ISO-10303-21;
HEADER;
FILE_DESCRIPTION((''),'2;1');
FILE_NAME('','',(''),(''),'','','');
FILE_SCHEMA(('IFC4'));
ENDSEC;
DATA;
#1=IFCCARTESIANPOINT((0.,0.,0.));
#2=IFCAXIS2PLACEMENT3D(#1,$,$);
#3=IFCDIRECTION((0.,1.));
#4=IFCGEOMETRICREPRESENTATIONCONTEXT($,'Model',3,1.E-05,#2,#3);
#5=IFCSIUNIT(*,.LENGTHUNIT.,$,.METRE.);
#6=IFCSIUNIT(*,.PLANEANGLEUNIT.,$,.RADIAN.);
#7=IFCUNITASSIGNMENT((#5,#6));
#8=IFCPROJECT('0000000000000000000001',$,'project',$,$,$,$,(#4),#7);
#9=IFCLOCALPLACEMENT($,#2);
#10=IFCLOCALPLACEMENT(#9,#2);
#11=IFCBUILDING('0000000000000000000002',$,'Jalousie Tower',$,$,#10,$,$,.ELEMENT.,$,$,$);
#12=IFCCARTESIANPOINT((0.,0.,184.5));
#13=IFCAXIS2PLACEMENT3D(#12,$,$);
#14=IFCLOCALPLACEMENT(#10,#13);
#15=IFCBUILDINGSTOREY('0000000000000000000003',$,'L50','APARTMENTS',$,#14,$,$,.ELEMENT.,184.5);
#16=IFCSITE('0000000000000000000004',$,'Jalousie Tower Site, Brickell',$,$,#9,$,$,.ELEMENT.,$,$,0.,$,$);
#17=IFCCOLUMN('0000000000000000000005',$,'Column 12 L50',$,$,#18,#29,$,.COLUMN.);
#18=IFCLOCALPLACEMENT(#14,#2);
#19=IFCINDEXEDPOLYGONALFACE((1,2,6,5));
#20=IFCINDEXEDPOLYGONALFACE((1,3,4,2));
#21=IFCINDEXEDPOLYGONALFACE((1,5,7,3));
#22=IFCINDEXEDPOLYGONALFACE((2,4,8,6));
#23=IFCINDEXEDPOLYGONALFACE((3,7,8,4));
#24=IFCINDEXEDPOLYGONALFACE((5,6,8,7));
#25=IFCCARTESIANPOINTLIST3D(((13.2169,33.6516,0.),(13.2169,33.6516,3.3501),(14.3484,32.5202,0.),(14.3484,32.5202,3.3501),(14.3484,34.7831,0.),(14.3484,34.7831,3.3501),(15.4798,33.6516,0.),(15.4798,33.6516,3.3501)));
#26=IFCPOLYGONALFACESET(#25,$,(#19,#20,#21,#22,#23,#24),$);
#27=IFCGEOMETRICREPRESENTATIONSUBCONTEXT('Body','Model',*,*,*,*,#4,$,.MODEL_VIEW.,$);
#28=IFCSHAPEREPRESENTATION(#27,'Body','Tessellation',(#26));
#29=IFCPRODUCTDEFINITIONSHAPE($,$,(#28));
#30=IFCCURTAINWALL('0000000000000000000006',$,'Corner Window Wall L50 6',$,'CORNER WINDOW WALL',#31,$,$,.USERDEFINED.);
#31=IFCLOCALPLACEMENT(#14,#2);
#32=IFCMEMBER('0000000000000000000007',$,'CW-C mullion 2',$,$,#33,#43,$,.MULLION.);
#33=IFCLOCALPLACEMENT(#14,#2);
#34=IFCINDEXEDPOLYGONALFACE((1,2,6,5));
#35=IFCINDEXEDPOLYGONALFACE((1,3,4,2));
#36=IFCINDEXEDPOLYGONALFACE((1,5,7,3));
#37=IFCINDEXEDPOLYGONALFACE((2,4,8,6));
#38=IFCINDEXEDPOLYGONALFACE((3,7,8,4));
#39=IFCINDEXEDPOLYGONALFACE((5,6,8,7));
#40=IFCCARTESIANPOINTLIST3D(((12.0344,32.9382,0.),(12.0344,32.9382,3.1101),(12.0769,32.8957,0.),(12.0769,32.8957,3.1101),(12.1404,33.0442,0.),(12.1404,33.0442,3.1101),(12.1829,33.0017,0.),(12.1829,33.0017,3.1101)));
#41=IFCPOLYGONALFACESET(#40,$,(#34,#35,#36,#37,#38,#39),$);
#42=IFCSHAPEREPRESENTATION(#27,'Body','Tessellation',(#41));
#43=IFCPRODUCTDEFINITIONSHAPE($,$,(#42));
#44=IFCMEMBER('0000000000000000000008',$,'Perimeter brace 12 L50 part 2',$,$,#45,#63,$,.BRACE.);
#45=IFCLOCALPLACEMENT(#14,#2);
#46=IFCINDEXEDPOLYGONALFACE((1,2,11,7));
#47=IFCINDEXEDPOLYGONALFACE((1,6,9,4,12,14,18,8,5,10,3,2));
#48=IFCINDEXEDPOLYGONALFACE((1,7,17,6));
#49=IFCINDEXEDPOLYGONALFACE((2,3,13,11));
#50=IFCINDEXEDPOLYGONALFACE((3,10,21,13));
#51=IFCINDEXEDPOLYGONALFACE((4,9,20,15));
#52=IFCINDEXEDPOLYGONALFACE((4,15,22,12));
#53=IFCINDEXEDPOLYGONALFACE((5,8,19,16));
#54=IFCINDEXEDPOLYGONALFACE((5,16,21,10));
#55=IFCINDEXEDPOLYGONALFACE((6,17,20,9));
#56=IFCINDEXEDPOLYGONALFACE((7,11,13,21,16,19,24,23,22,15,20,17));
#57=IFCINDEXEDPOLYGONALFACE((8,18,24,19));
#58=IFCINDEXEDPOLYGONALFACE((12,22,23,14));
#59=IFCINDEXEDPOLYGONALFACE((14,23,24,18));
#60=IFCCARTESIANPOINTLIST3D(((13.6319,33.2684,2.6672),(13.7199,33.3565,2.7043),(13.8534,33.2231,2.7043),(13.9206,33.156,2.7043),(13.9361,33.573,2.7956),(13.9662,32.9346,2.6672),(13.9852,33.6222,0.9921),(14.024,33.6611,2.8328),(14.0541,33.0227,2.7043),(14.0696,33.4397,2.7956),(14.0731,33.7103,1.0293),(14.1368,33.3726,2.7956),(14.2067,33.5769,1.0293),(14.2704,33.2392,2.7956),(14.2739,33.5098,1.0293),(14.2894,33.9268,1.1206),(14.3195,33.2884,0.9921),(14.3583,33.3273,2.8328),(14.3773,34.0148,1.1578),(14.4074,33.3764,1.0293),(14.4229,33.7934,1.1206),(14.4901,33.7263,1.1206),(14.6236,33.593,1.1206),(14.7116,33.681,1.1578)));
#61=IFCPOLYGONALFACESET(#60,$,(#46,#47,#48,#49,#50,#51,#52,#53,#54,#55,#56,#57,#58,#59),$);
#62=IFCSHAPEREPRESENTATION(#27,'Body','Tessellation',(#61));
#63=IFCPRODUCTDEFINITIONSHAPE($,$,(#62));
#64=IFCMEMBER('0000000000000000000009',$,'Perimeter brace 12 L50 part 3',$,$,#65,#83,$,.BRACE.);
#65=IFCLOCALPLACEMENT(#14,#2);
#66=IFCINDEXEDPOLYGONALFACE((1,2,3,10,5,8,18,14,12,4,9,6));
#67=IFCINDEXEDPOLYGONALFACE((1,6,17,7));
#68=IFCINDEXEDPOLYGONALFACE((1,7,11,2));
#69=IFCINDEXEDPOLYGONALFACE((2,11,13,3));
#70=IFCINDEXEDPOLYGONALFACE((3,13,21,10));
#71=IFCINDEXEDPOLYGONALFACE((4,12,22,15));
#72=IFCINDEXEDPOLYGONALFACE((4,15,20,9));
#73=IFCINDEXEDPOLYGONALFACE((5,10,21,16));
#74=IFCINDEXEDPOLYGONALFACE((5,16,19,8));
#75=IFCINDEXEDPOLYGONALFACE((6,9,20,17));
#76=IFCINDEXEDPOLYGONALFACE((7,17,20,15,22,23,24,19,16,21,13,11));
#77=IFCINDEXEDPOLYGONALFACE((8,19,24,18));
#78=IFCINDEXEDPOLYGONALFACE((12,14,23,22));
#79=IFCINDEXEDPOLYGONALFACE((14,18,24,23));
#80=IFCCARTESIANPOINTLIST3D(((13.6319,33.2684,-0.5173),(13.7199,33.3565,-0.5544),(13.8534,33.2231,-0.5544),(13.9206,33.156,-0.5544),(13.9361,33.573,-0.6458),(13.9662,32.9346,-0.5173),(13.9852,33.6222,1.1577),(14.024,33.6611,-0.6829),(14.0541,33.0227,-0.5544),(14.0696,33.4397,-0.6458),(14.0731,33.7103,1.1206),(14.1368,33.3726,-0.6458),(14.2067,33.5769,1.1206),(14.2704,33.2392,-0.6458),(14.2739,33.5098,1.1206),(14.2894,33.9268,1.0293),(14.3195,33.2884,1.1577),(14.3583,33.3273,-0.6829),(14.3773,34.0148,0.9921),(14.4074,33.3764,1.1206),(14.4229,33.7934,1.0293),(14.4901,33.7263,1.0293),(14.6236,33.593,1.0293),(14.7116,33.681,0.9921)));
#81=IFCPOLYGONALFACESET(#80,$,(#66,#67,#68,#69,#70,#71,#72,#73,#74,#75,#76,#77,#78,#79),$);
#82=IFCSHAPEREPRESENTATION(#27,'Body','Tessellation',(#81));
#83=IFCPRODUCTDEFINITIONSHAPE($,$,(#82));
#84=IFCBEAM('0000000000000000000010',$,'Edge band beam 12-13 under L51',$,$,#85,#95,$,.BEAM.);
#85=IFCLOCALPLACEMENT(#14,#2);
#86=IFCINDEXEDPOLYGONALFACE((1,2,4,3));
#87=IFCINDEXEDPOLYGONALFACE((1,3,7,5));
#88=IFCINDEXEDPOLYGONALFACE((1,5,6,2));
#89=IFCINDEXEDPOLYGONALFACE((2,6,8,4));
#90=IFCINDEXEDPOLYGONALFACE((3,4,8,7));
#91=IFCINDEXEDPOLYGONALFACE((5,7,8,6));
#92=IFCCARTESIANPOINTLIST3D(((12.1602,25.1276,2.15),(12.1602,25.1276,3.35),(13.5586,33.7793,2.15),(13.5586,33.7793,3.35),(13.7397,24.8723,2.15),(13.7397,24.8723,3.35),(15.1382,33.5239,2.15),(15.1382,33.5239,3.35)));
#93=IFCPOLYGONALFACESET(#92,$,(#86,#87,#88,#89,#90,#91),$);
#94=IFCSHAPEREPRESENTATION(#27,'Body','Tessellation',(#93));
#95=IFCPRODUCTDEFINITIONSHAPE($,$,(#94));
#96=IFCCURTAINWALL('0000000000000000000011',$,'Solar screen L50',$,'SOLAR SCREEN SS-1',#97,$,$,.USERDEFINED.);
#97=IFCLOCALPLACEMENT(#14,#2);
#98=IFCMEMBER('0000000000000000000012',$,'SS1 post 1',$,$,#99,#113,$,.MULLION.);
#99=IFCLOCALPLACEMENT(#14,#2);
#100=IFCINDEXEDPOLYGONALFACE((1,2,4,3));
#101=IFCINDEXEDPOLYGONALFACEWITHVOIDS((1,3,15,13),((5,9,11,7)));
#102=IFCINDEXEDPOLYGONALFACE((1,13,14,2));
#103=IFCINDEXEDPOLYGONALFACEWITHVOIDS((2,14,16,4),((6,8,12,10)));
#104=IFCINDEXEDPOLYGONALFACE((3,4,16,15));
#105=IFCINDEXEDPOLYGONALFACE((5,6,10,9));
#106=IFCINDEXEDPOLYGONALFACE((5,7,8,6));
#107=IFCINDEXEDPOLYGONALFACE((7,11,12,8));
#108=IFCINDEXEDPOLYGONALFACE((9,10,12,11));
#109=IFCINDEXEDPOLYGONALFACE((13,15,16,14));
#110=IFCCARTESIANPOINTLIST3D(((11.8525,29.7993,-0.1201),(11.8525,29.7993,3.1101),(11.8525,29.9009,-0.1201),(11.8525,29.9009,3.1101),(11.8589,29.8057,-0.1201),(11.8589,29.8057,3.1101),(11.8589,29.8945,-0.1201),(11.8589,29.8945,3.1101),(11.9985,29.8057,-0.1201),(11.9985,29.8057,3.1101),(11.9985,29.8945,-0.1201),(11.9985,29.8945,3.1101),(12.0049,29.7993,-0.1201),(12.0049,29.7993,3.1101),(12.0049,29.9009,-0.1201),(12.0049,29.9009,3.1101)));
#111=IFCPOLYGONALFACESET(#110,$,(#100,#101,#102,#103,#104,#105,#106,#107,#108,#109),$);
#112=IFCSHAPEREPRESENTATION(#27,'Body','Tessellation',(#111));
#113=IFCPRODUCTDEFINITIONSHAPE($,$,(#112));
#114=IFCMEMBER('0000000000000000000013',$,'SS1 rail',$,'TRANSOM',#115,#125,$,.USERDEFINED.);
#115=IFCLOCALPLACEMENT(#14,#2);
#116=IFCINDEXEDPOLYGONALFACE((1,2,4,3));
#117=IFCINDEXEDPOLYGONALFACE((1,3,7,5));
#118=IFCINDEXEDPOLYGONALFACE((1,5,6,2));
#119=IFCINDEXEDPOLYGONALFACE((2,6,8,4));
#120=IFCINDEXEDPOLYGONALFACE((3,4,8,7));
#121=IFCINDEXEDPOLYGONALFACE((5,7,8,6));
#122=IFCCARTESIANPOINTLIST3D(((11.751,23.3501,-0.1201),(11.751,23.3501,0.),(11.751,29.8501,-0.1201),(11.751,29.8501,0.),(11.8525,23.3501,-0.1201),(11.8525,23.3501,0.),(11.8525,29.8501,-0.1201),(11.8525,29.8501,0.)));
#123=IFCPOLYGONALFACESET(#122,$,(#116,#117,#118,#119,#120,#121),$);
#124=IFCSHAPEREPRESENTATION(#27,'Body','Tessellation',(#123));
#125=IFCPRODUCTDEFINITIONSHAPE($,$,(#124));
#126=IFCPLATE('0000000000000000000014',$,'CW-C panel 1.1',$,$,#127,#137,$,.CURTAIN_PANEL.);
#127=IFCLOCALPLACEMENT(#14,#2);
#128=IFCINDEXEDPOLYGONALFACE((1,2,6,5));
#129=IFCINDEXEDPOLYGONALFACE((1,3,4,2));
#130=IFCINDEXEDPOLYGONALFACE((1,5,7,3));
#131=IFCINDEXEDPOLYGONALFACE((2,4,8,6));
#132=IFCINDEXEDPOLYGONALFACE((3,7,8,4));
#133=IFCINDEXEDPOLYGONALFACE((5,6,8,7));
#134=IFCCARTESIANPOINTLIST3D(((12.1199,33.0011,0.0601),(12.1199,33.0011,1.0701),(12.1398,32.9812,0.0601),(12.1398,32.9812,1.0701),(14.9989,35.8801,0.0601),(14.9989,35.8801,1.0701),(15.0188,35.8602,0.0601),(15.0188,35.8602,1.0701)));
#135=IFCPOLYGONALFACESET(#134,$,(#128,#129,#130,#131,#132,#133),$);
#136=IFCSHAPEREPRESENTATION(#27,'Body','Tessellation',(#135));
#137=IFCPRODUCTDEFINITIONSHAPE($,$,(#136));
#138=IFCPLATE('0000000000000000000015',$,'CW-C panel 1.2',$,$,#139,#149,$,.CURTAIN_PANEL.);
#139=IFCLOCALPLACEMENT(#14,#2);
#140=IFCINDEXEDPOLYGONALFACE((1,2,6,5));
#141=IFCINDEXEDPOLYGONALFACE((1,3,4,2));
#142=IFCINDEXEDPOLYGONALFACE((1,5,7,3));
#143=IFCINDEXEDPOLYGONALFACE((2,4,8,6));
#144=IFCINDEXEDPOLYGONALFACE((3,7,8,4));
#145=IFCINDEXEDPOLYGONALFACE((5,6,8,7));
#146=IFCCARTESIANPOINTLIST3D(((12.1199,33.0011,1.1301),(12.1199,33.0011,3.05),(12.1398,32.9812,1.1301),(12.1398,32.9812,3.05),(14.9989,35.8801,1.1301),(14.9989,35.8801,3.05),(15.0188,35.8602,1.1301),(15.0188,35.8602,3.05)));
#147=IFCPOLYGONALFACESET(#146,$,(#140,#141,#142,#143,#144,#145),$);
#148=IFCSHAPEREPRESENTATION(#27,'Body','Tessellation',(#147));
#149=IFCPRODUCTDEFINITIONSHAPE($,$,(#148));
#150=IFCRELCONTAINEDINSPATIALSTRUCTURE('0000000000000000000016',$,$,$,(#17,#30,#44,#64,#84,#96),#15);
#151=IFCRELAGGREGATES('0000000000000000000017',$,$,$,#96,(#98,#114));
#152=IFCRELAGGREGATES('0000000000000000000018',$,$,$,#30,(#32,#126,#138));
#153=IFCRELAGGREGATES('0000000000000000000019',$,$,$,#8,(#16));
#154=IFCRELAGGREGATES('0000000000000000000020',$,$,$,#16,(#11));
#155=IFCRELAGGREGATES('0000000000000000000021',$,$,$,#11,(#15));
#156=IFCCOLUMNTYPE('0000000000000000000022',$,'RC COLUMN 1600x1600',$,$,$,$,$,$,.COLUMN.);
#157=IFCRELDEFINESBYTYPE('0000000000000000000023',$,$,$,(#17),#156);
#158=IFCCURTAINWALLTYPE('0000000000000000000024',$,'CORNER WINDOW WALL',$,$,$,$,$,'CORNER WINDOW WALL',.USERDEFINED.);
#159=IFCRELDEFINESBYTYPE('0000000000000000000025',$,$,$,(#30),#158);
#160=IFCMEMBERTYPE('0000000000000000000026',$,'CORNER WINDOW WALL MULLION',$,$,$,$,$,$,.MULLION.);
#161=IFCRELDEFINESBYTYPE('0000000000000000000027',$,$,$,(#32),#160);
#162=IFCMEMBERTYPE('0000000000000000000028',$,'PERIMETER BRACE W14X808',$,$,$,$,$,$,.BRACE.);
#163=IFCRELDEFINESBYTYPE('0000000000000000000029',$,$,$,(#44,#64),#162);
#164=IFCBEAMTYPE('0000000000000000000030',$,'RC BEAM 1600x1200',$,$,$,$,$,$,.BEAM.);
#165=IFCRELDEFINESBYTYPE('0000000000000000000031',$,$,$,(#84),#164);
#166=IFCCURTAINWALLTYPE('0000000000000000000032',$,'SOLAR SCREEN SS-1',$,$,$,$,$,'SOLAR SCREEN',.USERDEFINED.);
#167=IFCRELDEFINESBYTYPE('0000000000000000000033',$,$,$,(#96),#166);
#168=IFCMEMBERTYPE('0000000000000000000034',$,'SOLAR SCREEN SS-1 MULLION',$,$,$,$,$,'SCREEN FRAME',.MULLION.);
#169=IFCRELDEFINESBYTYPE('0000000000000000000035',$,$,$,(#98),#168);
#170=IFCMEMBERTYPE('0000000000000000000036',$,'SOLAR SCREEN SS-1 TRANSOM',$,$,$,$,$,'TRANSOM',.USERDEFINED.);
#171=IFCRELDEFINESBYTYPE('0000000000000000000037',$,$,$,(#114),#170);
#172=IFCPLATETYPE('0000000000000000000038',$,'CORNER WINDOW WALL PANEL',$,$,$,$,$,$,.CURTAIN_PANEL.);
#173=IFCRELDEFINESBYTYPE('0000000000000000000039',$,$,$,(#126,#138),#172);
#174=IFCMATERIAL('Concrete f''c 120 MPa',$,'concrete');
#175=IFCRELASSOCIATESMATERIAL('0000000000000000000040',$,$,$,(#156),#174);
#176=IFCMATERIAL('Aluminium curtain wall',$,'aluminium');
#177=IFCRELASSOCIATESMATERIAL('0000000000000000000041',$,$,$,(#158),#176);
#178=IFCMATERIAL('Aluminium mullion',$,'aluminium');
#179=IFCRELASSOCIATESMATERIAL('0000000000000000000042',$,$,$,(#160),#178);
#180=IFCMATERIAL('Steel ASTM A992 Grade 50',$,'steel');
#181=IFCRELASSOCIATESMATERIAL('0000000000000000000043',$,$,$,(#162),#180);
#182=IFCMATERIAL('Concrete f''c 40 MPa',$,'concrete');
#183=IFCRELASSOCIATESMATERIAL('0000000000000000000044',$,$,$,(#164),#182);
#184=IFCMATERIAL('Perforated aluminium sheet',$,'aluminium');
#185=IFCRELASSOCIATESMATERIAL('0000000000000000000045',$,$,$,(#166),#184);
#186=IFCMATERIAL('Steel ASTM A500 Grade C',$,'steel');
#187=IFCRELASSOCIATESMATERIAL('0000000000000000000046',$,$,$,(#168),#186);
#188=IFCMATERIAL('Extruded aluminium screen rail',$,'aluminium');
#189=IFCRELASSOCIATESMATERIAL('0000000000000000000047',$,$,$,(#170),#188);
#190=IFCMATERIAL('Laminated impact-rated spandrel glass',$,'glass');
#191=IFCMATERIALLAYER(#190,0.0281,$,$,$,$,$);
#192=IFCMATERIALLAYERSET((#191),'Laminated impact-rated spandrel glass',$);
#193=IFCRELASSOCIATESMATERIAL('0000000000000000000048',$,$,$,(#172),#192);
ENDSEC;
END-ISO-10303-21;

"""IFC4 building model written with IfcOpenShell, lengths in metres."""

from ifc_helpers import new_model, si_unit, direction, frame, origin, origin_2d, place, context, subcontext, project, spatial, rectangle, hollow_rectangle, i_section, extrude, material, layer, layer_set, material_profile, profile_set, type_object, element, aggregate, save


model = new_model("IFC4")

# Units and contexts
model_context = context("Model", 3, precision=1e-05, world=origin(), true_north=direction((0.0, 1.0)))
body_context = subcontext(model_context, "Body", "Model", "MODEL_VIEW")
ifc_project = project(units=[si_unit("LENGTHUNIT", "METRE"), si_unit("PLANEANGLEUNIT", "RADIAN")], contexts=[model_context])

# Site, building, storey
site_placement = place(None, origin())
site = spatial("IfcSite", under=ifc_project, at=site_placement, Name="Jalousie Tower Site, Brickell", CompositionType="ELEMENT", RefElevation=0.0)
building_placement = place(site_placement, origin())
building = spatial("IfcBuilding", under=site, at=building_placement, Name="Jalousie Tower", CompositionType="ELEMENT")
storey_placement = place(building_placement, frame((0.0, 0.0, 184.5)))
storey = spatial("IfcBuildingStorey", under=building, at=storey_placement, Name="L50", Description="APARTMENTS", CompositionType="ELEMENT", Elevation=184.5)

# Column
ifc_material_1 = material(Name="Concrete f'c 120 MPa", Category="concrete")
ifc_material_profile_1 = material_profile(ifc_material_1, rectangle(XDim=1.6001, YDim=1.6001, at=origin_2d()), Name="RC 1600x1600")
ifc_profile_set_1 = profile_set([ifc_material_profile_1], Name="Concrete f'c 120 MPa")
column_type = type_object("IfcColumnType", Name="RC COLUMN 1600x1600", PredefinedType="COLUMN", material=ifc_profile_set_1)
column_placement = place(storey_placement, frame((14.3484, 33.6516, 0.0), z_axis=(0.0, 0.0, 1.0), x_axis=(0.707107, 0.707107, 0.0)))
element("IfcColumn", 1, at=column_placement, inside=storey, type_object=column_type, Name="Column 12 L50", PredefinedType="COLUMN", context=body_context, shape_type="SweptSolid", body=[
    extrude(rectangle(XDim=1.6001, YDim=1.6001, at=origin_2d()), origin(), (0.0, 0.0, 1.0), 3.3501),
])

# Curtain wall, member
ifc_material_2 = material(Name="Aluminium curtain wall", Category="aluminium")
curtain_wall_type_1 = type_object("IfcCurtainWallType", Name="CORNER WINDOW WALL", ElementType="CORNER WINDOW WALL", PredefinedType="USERDEFINED", material=ifc_material_2)
curtain_wall_1_placement = place(storey_placement, origin())
curtain_wall_1 = element("IfcCurtainWall", 2, at=curtain_wall_1_placement, inside=storey, type_object=curtain_wall_type_1, Name="Corner Window Wall L50 6", ObjectType="CORNER WINDOW WALL", PredefinedType="USERDEFINED")
ifc_material_3 = material(Name="Aluminium mullion", Category="aluminium")
ifc_material_profile_2 = material_profile(ifc_material_3, rectangle(XDim=0.0601, YDim=0.1499, at=origin_2d()), Name="MULLION 60x150")
ifc_profile_set_2 = profile_set([ifc_material_profile_2], Name="Aluminium mullion")
member_type_1 = type_object("IfcMemberType", Name="CORNER WINDOW WALL MULLION", PredefinedType="MULLION", material=ifc_profile_set_2)
member_1_placement = place(storey_placement, frame((12.1086, 32.97, 0.0), z_axis=(0.0, 0.0, 1.0), x_axis=(0.707107, -0.707107, 0.0)))
member_1 = element("IfcMember", 3, at=member_1_placement, type_object=member_type_1, Name="CW-C mullion 2", PredefinedType="MULLION", context=body_context, shape_type="SweptSolid", body=[
    extrude(rectangle(XDim=0.0601, YDim=0.1499, at=origin_2d()), origin(), (0.0, 0.0, 1.0), 3.1101),
])

# Members
ifc_material_4 = material(Name="Steel ASTM A992 Grade 50", Category="steel")
ifc_material_profile_3 = material_profile(ifc_material_4, i_section(OverallWidth=0.4724, OverallDepth=0.5791, WebThickness=0.095, FlangeThickness=0.1299, at=origin_2d()), Name="W14X808")
ifc_profile_set_3 = profile_set([ifc_material_profile_3], Name="Steel ASTM A992 Grade 50")
member_type_2 = type_object("IfcMemberType", Name="PERIMETER BRACE W14X808", PredefinedType="BRACE", material=ifc_profile_set_3)
for number, where, z_axis, x_axis, name in (
    (4, (14.3484, 33.6516, 1.075), (-0.202093, -0.202372, 0.95823), (0.707595, -0.706618, 0.0), "Perimeter brace 12 L50 part 2"),
    (5, (13.9951, 33.2979, -0.6001), (0.202093, 0.202372, 0.95823), (-0.707595, 0.706618, 0.0), "Perimeter brace 12 L50 part 3"),
):
    element("IfcMember", number, at=place(storey_placement, frame(where, z_axis=z_axis, x_axis=x_axis)), inside=storey, type_object=member_type_2, Name=name, PredefinedType="BRACE", context=body_context, shape_type="SweptSolid", body=[
        extrude(i_section(OverallWidth=0.4724, OverallDepth=0.5791, WebThickness=0.095, FlangeThickness=0.1299, at=origin_2d()), origin(), (0.0, 0.0, 1.0), 1.748),
    ])

# Beam
ifc_material_5 = material(Name="Concrete f'c 40 MPa", Category="concrete")
ifc_material_profile_4 = material_profile(ifc_material_5, rectangle(XDim=1.6001, YDim=1.2, at=origin_2d()), Name="RC 1600x1200")
ifc_profile_set_4 = profile_set([ifc_material_profile_4], Name="Concrete f'c 40 MPa")
beam_type = type_object("IfcBeamType", Name="RC BEAM 1600x1200", PredefinedType="BEAM", material=ifc_profile_set_4)
beam_placement = place(storey_placement, frame((14.3484, 33.6516, 2.75), z_axis=(-0.159568, -0.987187, 0.0), x_axis=(0.987187, -0.159568, 0.0)))
element("IfcBeam", 6, at=beam_placement, inside=storey, type_object=beam_type, Name="Edge band beam 12-13 under L51", PredefinedType="BEAM", context=body_context, shape_type="SweptSolid", body=[
    extrude(rectangle(XDim=1.6001, YDim=1.2, at=origin_2d()), origin(), (0.0, 0.0, 1.0), 8.7639),
])

# Curtain wall, members
ifc_material_6 = material(Name="Perforated aluminium sheet", Category="aluminium")
curtain_wall_type_2 = type_object("IfcCurtainWallType", Name="SOLAR SCREEN SS-1", ElementType="SOLAR SCREEN", PredefinedType="USERDEFINED", material=ifc_material_6)
curtain_wall_2_placement = place(storey_placement, origin())
curtain_wall_2 = element("IfcCurtainWall", 7, at=curtain_wall_2_placement, inside=storey, type_object=curtain_wall_type_2, Name="Solar screen L50", ObjectType="SOLAR SCREEN SS-1", PredefinedType="USERDEFINED")
ifc_material_7 = material(Name="Steel ASTM A500 Grade C", Category="steel")
ifc_material_profile_5 = material_profile(ifc_material_7, hollow_rectangle(XDim=0.1016, YDim=0.1523, WallThickness=0.0063, at=origin_2d()), Name="HSS6X4X1/4")
ifc_profile_set_5 = profile_set([ifc_material_profile_5], Name="Steel ASTM A500 Grade C")
member_type_3 = type_object("IfcMemberType", Name="SOLAR SCREEN SS-1 MULLION", ElementType="SCREEN FRAME", PredefinedType="MULLION", material=ifc_profile_set_5)
member_2_placement = place(storey_placement, frame((11.9287, 29.8501, -0.1201), z_axis=(0.0, 0.0, 1.0), x_axis=(0.0, -1.0, 0.0)))
member_2 = element("IfcMember", 8, at=member_2_placement, type_object=member_type_3, Name="SS1 post 1", PredefinedType="MULLION", context=body_context, shape_type="SweptSolid", body=[
    extrude(hollow_rectangle(XDim=0.1016, YDim=0.1523, WallThickness=0.0063, at=origin_2d()), origin(), (0.0, 0.0, 1.0), 3.2302),
])
ifc_material_8 = material(Name="Extruded aluminium screen rail", Category="aluminium")
ifc_material_profile_6 = material_profile(ifc_material_8, rectangle(XDim=0.1016, YDim=0.1201, at=origin_2d()), Name="RAIL 102x120")
ifc_profile_set_6 = profile_set([ifc_material_profile_6], Name="Extruded aluminium screen rail")
member_type_4 = type_object("IfcMemberType", Name="SOLAR SCREEN SS-1 TRANSOM", ElementType="TRANSOM", PredefinedType="USERDEFINED", material=ifc_profile_set_6)
member_3_placement = place(storey_placement, frame((11.8018, 29.8501, -0.0601), z_axis=(0.0, -1.0, 0.0), x_axis=(1.0, 0.0, 0.0)))
member_3 = element("IfcMember", 9, at=member_3_placement, type_object=member_type_4, Name="SS1 rail", ObjectType="TRANSOM", PredefinedType="USERDEFINED", context=body_context, shape_type="SweptSolid", body=[
    extrude(rectangle(XDim=0.1016, YDim=0.1201, at=origin_2d()), origin(), (0.0, 0.0, 1.0), 6.5),
])
aggregate(curtain_wall_2, [member_2, member_3])

# Plates
ifc_material_9 = material(Name="Laminated impact-rated spandrel glass", Category="glass")
ifc_layer = layer(ifc_material_9, 0.0281)
ifc_layer_set = layer_set([ifc_layer], Name="Laminated impact-rated spandrel glass")
plate_type = type_object("IfcPlateType", Name="CORNER WINDOW WALL PANEL", PredefinedType="CURTAIN_PANEL", material=ifc_layer_set)
plate_1_placement = place(storey_placement, frame((13.5693, 34.4307, 0.0601), z_axis=(0.0, 0.0, 1.0), x_axis=(-0.707107, -0.707107, 0.0)))
plate_1 = element("IfcPlate", 10, at=plate_1_placement, type_object=plate_type, Name="CW-C panel 1.1", PredefinedType="CURTAIN_PANEL", context=body_context, shape_type="SweptSolid", body=[
    extrude(rectangle(XDim=4.0715, YDim=0.0281, at=origin_2d()), origin(), (0.0, 0.0, 1.0), 1.01),
])
plate_2_placement = place(storey_placement, frame((13.5693, 34.4307, 1.1301), z_axis=(0.0, 0.0, 1.0), x_axis=(-0.707107, -0.707107, 0.0)))
plate_2 = element("IfcPlate", 11, at=plate_2_placement, type_object=plate_type, Name="CW-C panel 1.2", PredefinedType="CURTAIN_PANEL", context=body_context, shape_type="SweptSolid", body=[
    extrude(rectangle(XDim=4.0715, YDim=0.0281, at=origin_2d()), origin(), (0.0, 0.0, 1.0), 1.9199),
])
aggregate(curtain_wall_1, [member_1, plate_1, plate_2])

save(model, "model.ifc")
